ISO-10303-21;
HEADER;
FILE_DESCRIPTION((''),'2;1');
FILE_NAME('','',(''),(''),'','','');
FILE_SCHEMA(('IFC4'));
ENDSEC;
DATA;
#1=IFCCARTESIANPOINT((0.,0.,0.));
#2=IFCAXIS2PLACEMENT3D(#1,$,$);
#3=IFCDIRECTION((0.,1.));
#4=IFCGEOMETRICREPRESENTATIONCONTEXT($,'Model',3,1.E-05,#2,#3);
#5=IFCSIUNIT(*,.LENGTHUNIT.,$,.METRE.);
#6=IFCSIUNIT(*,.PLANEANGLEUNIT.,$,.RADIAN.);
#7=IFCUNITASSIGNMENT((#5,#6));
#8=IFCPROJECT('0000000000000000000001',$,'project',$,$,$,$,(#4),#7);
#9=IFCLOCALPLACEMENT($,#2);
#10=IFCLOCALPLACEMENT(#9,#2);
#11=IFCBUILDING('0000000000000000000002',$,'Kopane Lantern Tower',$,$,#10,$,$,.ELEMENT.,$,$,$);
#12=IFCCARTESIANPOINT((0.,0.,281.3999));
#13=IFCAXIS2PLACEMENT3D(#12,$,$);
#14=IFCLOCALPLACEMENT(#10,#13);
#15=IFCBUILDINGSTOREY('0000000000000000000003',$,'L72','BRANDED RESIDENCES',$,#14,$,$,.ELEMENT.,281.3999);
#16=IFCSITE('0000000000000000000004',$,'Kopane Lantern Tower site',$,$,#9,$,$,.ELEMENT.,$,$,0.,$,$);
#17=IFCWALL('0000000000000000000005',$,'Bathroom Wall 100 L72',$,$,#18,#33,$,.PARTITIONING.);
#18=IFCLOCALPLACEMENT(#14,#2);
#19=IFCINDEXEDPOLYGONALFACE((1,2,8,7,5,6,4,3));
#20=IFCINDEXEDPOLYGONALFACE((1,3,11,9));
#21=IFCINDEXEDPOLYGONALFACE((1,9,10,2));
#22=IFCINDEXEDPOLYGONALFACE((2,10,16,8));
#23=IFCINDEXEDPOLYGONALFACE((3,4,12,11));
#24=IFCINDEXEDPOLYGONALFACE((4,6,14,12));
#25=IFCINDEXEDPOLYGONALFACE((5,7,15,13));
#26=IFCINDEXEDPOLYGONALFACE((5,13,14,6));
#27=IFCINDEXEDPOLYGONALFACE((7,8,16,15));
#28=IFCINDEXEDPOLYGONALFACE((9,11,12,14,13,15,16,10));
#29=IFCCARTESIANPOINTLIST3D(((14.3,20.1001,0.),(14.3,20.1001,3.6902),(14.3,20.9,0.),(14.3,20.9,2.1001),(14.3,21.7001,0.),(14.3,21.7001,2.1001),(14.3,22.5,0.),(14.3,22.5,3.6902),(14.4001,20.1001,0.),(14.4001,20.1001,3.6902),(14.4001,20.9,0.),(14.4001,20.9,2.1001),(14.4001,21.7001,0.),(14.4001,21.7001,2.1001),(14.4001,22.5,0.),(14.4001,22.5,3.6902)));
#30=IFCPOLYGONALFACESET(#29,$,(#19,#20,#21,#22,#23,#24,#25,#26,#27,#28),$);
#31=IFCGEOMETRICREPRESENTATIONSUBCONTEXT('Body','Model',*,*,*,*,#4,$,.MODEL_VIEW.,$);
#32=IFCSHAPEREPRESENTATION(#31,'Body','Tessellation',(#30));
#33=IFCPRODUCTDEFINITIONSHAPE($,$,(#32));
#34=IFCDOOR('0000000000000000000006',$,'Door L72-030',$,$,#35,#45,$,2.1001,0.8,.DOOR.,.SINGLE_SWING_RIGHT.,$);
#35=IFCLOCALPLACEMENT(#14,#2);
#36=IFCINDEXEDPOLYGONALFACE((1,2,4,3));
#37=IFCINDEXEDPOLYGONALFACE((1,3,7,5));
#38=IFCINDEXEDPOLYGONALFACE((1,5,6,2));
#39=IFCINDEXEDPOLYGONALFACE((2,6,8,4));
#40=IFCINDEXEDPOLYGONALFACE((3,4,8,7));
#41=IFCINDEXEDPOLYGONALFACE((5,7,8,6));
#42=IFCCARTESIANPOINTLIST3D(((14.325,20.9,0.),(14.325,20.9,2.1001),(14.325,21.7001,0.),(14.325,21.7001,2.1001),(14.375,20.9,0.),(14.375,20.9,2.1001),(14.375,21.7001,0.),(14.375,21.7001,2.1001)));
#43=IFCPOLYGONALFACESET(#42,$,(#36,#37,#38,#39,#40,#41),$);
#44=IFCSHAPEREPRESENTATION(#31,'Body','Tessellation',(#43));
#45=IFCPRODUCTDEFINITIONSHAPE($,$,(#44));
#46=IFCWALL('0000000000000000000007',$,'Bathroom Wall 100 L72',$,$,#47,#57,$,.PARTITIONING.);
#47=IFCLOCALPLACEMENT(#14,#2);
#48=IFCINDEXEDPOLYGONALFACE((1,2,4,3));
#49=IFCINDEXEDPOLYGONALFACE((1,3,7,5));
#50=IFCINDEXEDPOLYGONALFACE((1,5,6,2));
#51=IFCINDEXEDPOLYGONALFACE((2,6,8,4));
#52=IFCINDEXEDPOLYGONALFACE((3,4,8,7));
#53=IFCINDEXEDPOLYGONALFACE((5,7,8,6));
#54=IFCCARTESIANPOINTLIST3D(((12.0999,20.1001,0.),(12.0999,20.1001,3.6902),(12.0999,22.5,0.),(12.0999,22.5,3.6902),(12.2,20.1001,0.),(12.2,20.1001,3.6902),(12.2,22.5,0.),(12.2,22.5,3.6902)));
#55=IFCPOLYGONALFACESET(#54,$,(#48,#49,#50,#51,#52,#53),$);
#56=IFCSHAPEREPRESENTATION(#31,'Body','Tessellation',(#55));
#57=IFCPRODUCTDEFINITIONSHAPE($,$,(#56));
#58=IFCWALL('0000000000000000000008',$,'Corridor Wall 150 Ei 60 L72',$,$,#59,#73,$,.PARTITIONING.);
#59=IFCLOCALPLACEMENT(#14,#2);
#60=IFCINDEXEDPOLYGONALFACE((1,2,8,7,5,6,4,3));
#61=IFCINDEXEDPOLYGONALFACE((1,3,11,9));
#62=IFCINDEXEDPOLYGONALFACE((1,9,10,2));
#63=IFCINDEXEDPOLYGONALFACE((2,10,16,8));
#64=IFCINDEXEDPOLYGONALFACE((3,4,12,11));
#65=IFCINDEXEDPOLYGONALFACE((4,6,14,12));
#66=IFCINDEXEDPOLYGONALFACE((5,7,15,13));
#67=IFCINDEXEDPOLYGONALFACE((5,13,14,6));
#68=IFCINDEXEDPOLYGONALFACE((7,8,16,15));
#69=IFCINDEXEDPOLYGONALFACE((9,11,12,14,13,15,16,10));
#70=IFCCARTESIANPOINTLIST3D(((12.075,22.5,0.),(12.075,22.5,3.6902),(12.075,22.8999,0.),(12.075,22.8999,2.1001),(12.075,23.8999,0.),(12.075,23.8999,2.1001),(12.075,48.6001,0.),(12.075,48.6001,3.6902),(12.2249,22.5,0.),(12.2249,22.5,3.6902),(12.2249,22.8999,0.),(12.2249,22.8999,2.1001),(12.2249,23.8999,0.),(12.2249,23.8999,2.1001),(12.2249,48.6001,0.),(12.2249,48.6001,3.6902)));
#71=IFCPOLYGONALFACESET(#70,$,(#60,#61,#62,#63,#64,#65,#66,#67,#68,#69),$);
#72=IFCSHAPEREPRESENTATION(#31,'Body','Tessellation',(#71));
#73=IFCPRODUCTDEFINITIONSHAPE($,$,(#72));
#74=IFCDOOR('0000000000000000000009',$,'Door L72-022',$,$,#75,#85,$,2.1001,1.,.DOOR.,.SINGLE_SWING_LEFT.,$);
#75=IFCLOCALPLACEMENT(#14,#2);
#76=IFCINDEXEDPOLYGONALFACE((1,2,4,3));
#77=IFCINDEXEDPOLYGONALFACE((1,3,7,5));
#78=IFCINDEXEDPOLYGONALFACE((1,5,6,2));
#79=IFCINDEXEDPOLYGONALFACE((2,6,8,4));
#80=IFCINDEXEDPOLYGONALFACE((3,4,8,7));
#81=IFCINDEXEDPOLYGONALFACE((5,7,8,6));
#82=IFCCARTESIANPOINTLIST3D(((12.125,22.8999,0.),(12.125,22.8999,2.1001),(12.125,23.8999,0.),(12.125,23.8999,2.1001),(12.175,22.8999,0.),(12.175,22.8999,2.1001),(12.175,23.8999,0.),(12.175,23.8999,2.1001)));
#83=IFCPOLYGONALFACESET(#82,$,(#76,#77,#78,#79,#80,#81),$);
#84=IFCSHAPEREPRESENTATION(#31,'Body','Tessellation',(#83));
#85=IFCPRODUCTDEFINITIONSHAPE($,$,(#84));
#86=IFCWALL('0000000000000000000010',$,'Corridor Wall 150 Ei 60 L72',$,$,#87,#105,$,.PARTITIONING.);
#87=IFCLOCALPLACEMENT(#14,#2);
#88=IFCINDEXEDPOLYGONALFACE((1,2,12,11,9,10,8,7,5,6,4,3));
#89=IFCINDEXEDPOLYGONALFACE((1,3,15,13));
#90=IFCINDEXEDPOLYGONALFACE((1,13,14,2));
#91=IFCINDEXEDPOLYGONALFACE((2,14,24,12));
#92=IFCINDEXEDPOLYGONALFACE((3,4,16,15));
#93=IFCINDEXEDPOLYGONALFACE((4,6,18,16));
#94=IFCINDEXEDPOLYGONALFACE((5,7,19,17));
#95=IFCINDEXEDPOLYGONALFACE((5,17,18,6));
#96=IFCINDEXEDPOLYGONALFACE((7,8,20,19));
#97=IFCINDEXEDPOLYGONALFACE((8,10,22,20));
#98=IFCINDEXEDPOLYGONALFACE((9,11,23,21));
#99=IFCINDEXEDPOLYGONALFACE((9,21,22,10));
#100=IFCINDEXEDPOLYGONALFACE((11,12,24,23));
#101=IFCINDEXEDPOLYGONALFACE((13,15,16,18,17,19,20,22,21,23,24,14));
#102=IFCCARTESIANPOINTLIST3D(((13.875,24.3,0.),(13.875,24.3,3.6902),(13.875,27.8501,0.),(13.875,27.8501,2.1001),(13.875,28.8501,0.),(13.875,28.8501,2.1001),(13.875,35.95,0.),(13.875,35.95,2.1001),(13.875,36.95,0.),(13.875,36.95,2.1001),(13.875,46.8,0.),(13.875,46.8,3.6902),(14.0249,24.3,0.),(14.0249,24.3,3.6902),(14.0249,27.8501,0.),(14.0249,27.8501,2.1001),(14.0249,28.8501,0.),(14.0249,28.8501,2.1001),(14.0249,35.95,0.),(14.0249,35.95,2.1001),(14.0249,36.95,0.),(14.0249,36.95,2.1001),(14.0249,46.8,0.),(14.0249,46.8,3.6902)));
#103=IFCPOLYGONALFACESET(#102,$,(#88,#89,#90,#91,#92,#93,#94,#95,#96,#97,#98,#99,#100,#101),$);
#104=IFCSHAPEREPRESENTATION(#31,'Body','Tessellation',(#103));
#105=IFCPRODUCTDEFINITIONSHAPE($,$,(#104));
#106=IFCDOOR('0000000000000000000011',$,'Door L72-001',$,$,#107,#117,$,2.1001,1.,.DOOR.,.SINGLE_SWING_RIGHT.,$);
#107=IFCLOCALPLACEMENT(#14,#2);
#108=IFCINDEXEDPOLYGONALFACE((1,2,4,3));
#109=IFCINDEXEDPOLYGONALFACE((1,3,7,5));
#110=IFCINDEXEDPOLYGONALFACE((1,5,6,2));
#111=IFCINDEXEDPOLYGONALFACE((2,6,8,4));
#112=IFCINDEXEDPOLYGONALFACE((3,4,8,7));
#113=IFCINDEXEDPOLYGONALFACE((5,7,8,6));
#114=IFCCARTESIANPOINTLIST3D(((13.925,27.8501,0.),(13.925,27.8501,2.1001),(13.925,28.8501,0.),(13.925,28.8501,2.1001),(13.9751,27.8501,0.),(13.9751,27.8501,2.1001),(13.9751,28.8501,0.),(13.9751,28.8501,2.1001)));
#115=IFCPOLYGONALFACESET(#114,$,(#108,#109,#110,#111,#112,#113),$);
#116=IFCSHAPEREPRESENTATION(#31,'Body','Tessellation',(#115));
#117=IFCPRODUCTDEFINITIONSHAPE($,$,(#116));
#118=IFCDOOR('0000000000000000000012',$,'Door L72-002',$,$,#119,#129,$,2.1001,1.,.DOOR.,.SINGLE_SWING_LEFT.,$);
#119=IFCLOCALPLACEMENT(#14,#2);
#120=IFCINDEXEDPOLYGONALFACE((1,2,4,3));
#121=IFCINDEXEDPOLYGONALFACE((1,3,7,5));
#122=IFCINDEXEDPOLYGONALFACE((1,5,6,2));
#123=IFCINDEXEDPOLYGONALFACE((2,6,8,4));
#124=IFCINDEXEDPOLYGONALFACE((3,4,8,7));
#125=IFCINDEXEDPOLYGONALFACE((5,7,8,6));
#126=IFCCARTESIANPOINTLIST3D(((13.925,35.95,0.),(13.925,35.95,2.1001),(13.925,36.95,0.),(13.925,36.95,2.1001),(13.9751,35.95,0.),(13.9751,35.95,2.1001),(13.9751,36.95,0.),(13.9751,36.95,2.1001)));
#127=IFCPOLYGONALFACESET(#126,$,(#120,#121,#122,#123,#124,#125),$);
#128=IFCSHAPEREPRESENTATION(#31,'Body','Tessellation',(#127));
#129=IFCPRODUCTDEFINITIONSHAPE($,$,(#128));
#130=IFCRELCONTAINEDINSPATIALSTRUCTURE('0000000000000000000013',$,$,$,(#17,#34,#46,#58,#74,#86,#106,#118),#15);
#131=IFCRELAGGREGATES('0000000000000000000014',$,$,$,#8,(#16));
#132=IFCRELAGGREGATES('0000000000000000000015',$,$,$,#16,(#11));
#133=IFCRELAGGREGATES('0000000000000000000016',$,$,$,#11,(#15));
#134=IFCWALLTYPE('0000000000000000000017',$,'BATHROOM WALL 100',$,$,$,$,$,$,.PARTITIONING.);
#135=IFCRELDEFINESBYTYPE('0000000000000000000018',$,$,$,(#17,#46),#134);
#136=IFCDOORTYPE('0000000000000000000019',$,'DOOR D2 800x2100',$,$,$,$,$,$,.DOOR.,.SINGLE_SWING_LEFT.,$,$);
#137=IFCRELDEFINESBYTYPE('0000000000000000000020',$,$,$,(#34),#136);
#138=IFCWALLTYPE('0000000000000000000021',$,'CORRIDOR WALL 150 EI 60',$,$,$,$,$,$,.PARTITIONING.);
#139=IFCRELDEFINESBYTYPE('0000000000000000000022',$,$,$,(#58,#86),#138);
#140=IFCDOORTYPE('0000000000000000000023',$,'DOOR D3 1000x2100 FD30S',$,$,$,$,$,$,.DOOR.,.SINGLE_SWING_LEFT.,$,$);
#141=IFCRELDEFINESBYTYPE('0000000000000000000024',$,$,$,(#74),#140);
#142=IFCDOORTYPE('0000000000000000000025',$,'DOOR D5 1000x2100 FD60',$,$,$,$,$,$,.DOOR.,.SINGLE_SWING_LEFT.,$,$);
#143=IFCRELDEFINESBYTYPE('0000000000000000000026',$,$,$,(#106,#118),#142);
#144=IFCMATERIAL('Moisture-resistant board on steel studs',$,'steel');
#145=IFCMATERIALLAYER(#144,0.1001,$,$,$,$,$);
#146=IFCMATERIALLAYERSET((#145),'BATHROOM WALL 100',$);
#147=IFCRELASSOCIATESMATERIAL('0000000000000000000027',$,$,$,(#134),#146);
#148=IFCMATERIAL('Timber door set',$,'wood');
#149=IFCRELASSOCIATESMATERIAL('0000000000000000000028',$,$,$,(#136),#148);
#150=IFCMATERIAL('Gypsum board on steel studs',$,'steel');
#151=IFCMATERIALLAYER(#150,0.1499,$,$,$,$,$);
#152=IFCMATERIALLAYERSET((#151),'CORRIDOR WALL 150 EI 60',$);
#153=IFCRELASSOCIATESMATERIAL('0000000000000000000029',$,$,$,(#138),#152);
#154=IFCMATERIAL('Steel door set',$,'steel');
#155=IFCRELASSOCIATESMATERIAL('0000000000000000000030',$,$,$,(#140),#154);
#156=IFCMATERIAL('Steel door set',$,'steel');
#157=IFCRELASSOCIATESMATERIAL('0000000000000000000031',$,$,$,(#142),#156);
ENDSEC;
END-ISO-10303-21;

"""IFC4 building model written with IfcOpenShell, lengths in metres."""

from ifc_helpers import new_model, si_unit, direction, frame, frame_2d, origin, place, context, subcontext, project, spatial, rectangle, extrude, material, layer, layer_set, type_object, element, fill, save


model = new_model("IFC4")

# Units and contexts
model_context = context("Model", 3, precision=1e-05, world=origin(), true_north=direction((0.0, 1.0)))
body_context = subcontext(model_context, "Body", "Model", "MODEL_VIEW")
ifc_project = project(units=[si_unit("LENGTHUNIT", "METRE"), si_unit("PLANEANGLEUNIT", "RADIAN")], contexts=[model_context])

# Site, building, storey
site_placement = place(None, origin())
site = spatial("IfcSite", under=ifc_project, at=site_placement, Name="Kopane Lantern Tower site", CompositionType="ELEMENT", RefElevation=0.0)
building_placement = place(site_placement, origin())
building = spatial("IfcBuilding", under=site, at=building_placement, Name="Kopane Lantern Tower", CompositionType="ELEMENT")
storey_placement = place(building_placement, frame((0.0, 0.0, 281.3999)))
storey = spatial("IfcBuildingStorey", under=building, at=storey_placement, Name="L72", Description="BRANDED RESIDENCES", CompositionType="ELEMENT", Elevation=281.3999)

# Wall, opening, door
ifc_material_1 = material(Name="Moisture-resistant board on steel studs", Category="steel")
ifc_layer_1 = layer(ifc_material_1, 0.1001)
ifc_layer_set_1 = layer_set([ifc_layer_1], Name="BATHROOM WALL 100")
wall_type_1 = type_object("IfcWallType", Name="BATHROOM WALL 100", PredefinedType="PARTITIONING", material=ifc_layer_set_1)
wall_1_placement = place(storey_placement, frame((14.3501, 22.5, 0.0), z_axis=(0.0, 0.0, 1.0), x_axis=(0.0, -1.0, 0.0)))
wall_1 = element("IfcWall", 1, at=wall_1_placement, inside=storey, type_object=wall_type_1, Name="Bathroom Wall 100 L72", PredefinedType="PARTITIONING", context=body_context, shape_type="SweptSolid", body=[
    extrude(rectangle(XDim=2.3999, YDim=0.1001, at=frame_2d((1.2, 0.0))), origin(), (0.0, 0.0, 1.0), 3.6902),
])
opening_1_placement = place(wall_1_placement, frame((0.8, 0.0, 0.0)))
opening_1 = element("IfcOpeningElement", 2, at=opening_1_placement, cuts=wall_1, PredefinedType="OPENING", context=body_context, shape_type="SweptSolid", body=[
    extrude(rectangle(XDim=0.8, YDim=2.1001, at=frame_2d((0.3999, 1.05))), frame((0.0, 0.0601, 0.0), z_axis=(0.0, -1.0, 0.0), x_axis=(1.0, 0.0, 0.0)), (0.0, 0.0, 1.0), 0.1201),
])
ifc_material_2 = material(Name="Timber door set", Category="wood")
door_type_1 = type_object("IfcDoorType", Name="DOOR D2 800x2100", OperationType="SINGLE_SWING_LEFT", PredefinedType="DOOR", material=ifc_material_2)
door_1_placement = place(opening_1_placement, origin())
door_1 = element("IfcDoor", 3, at=door_1_placement, inside=storey, type_object=door_type_1, Name="Door L72-030", OperationType="SINGLE_SWING_RIGHT", OverallHeight=2.1001, OverallWidth=0.8, PredefinedType="DOOR", context=body_context, shape_type="SweptSolid", body=[
    extrude(rectangle(XDim=0.8, YDim=2.1001, at=frame_2d((0.3999, 1.05))), frame((0.0, 0.0249, 0.0), z_axis=(0.0, -1.0, 0.0), x_axis=(1.0, 0.0, 0.0)), (0.0, 0.0, 1.0), 0.05),
])
fill(opening_1, door_1)

# Wall
wall_2_placement = place(storey_placement, frame((12.1499, 22.5, 0.0), z_axis=(0.0, 0.0, 1.0), x_axis=(0.0, -1.0, 0.0)))
element("IfcWall", 4, at=wall_2_placement, inside=storey, type_object=wall_type_1, Name="Bathroom Wall 100 L72", PredefinedType="PARTITIONING", context=body_context, shape_type="SweptSolid", body=[
    extrude(rectangle(XDim=2.3999, YDim=0.1001, at=frame_2d((1.2, 0.0))), origin(), (0.0, 0.0, 1.0), 3.6902),
])

# Wall, opening, door
ifc_material_3 = material(Name="Gypsum board on steel studs", Category="steel")
ifc_layer_2 = layer(ifc_material_3, 0.1499)
ifc_layer_set_2 = layer_set([ifc_layer_2], Name="CORRIDOR WALL 150 EI 60")
wall_type_2 = type_object("IfcWallType", Name="CORRIDOR WALL 150 EI 60", PredefinedType="PARTITIONING", material=ifc_layer_set_2)
wall_3_placement = place(storey_placement, frame((12.1499, 22.5, 0.0), z_axis=(0.0, 0.0, 1.0), x_axis=(0.0, 1.0, 0.0)))
wall_3 = element("IfcWall", 5, at=wall_3_placement, inside=storey, type_object=wall_type_2, Name="Corridor Wall 150 Ei 60 L72", PredefinedType="PARTITIONING", context=body_context, shape_type="SweptSolid", body=[
    extrude(rectangle(XDim=26.1001, YDim=0.1499, at=frame_2d((13.05, 0.0))), origin(), (0.0, 0.0, 1.0), 3.6902),
])
opening_2_placement = place(wall_3_placement, frame((0.3999, 0.0, 0.0)))
opening_2 = element("IfcOpeningElement", 6, at=opening_2_placement, cuts=wall_3, PredefinedType="OPENING", context=body_context, shape_type="SweptSolid", body=[
    extrude(rectangle(XDim=1.0, YDim=2.1001, at=frame_2d((0.5, 1.05))), frame((0.0, 0.085, 0.0), z_axis=(0.0, -1.0, 0.0), x_axis=(1.0, 0.0, 0.0)), (0.0, 0.0, 1.0), 0.1699),
])
ifc_material_4 = material(Name="Steel door set", Category="steel")
door_type_2 = type_object("IfcDoorType", Name="DOOR D3 1000x2100 FD30S", OperationType="SINGLE_SWING_LEFT", PredefinedType="DOOR", material=ifc_material_4)
door_2_placement = place(opening_2_placement, origin())
door_2 = element("IfcDoor", 7, at=door_2_placement, inside=storey, type_object=door_type_2, Name="Door L72-022", OperationType="SINGLE_SWING_LEFT", OverallHeight=2.1001, OverallWidth=1.0, PredefinedType="DOOR", context=body_context, shape_type="SweptSolid", body=[
    extrude(rectangle(XDim=1.0, YDim=2.1001, at=frame_2d((0.5, 1.05))), frame((0.0, 0.0249, 0.0), z_axis=(0.0, -1.0, 0.0), x_axis=(1.0, 0.0, 0.0)), (0.0, 0.0, 1.0), 0.05),
])
fill(opening_2, door_2)

# Wall, openings, doors
wall_4_placement = place(storey_placement, frame((13.95, 24.3, 0.0), z_axis=(0.0, 0.0, 1.0), x_axis=(0.0, 1.0, 0.0)))
wall_4 = element("IfcWall", 8, at=wall_4_placement, inside=storey, type_object=wall_type_2, Name="Corridor Wall 150 Ei 60 L72", PredefinedType="PARTITIONING", context=body_context, shape_type="SweptSolid", body=[
    extrude(rectangle(XDim=22.5, YDim=0.1499, at=frame_2d((11.25, 0.0))), origin(), (0.0, 0.0, 1.0), 3.6902),
])
opening_3_placement = place(wall_4_placement, frame((3.55, 0.0, 0.0)))
opening_3 = element("IfcOpeningElement", 9, at=opening_3_placement, cuts=wall_4, PredefinedType="OPENING", context=body_context, shape_type="SweptSolid", body=[
    extrude(rectangle(XDim=1.0, YDim=2.1001, at=frame_2d((0.5, 1.05))), frame((0.0, 0.085, 0.0), z_axis=(0.0, -1.0, 0.0), x_axis=(1.0, 0.0, 0.0)), (0.0, 0.0, 1.0), 0.1699),
])
opening_4_placement = place(wall_4_placement, frame((11.6499, 0.0, 0.0)))
opening_4 = element("IfcOpeningElement", 10, at=opening_4_placement, cuts=wall_4, PredefinedType="OPENING", context=body_context, shape_type="SweptSolid", body=[
    extrude(rectangle(XDim=1.0, YDim=2.1001, at=frame_2d((0.5, 1.05))), frame((0.0, 0.085, 0.0), z_axis=(0.0, -1.0, 0.0), x_axis=(1.0, 0.0, 0.0)), (0.0, 0.0, 1.0), 0.1699),
])
ifc_material_5 = material(Name="Steel door set", Category="steel")
door_type_3 = type_object("IfcDoorType", Name="DOOR D5 1000x2100 FD60", OperationType="SINGLE_SWING_LEFT", PredefinedType="DOOR", material=ifc_material_5)
door_3_placement = place(opening_3_placement, origin())
door_3 = element("IfcDoor", 11, at=door_3_placement, inside=storey, type_object=door_type_3, Name="Door L72-001", OperationType="SINGLE_SWING_RIGHT", OverallHeight=2.1001, OverallWidth=1.0, PredefinedType="DOOR", context=body_context, shape_type="SweptSolid", body=[
    extrude(rectangle(XDim=1.0, YDim=2.1001, at=frame_2d((0.5, 1.05))), frame((0.0, 0.0249, 0.0), z_axis=(0.0, -1.0, 0.0), x_axis=(1.0, 0.0, 0.0)), (0.0, 0.0, 1.0), 0.05),
])
fill(opening_3, door_3)
door_4_placement = place(opening_4_placement, origin())
door_4 = element("IfcDoor", 12, at=door_4_placement, inside=storey, type_object=door_type_3, Name="Door L72-002", OperationType="SINGLE_SWING_LEFT", OverallHeight=2.1001, OverallWidth=1.0, PredefinedType="DOOR", context=body_context, shape_type="SweptSolid", body=[
    extrude(rectangle(XDim=1.0, YDim=2.1001, at=frame_2d((0.5, 1.05))), frame((0.0, 0.0249, 0.0), z_axis=(0.0, -1.0, 0.0), x_axis=(1.0, 0.0, 0.0)), (0.0, 0.0, 1.0), 0.05),
])
fill(opening_4, door_4)

save(model, "model.ifc")
